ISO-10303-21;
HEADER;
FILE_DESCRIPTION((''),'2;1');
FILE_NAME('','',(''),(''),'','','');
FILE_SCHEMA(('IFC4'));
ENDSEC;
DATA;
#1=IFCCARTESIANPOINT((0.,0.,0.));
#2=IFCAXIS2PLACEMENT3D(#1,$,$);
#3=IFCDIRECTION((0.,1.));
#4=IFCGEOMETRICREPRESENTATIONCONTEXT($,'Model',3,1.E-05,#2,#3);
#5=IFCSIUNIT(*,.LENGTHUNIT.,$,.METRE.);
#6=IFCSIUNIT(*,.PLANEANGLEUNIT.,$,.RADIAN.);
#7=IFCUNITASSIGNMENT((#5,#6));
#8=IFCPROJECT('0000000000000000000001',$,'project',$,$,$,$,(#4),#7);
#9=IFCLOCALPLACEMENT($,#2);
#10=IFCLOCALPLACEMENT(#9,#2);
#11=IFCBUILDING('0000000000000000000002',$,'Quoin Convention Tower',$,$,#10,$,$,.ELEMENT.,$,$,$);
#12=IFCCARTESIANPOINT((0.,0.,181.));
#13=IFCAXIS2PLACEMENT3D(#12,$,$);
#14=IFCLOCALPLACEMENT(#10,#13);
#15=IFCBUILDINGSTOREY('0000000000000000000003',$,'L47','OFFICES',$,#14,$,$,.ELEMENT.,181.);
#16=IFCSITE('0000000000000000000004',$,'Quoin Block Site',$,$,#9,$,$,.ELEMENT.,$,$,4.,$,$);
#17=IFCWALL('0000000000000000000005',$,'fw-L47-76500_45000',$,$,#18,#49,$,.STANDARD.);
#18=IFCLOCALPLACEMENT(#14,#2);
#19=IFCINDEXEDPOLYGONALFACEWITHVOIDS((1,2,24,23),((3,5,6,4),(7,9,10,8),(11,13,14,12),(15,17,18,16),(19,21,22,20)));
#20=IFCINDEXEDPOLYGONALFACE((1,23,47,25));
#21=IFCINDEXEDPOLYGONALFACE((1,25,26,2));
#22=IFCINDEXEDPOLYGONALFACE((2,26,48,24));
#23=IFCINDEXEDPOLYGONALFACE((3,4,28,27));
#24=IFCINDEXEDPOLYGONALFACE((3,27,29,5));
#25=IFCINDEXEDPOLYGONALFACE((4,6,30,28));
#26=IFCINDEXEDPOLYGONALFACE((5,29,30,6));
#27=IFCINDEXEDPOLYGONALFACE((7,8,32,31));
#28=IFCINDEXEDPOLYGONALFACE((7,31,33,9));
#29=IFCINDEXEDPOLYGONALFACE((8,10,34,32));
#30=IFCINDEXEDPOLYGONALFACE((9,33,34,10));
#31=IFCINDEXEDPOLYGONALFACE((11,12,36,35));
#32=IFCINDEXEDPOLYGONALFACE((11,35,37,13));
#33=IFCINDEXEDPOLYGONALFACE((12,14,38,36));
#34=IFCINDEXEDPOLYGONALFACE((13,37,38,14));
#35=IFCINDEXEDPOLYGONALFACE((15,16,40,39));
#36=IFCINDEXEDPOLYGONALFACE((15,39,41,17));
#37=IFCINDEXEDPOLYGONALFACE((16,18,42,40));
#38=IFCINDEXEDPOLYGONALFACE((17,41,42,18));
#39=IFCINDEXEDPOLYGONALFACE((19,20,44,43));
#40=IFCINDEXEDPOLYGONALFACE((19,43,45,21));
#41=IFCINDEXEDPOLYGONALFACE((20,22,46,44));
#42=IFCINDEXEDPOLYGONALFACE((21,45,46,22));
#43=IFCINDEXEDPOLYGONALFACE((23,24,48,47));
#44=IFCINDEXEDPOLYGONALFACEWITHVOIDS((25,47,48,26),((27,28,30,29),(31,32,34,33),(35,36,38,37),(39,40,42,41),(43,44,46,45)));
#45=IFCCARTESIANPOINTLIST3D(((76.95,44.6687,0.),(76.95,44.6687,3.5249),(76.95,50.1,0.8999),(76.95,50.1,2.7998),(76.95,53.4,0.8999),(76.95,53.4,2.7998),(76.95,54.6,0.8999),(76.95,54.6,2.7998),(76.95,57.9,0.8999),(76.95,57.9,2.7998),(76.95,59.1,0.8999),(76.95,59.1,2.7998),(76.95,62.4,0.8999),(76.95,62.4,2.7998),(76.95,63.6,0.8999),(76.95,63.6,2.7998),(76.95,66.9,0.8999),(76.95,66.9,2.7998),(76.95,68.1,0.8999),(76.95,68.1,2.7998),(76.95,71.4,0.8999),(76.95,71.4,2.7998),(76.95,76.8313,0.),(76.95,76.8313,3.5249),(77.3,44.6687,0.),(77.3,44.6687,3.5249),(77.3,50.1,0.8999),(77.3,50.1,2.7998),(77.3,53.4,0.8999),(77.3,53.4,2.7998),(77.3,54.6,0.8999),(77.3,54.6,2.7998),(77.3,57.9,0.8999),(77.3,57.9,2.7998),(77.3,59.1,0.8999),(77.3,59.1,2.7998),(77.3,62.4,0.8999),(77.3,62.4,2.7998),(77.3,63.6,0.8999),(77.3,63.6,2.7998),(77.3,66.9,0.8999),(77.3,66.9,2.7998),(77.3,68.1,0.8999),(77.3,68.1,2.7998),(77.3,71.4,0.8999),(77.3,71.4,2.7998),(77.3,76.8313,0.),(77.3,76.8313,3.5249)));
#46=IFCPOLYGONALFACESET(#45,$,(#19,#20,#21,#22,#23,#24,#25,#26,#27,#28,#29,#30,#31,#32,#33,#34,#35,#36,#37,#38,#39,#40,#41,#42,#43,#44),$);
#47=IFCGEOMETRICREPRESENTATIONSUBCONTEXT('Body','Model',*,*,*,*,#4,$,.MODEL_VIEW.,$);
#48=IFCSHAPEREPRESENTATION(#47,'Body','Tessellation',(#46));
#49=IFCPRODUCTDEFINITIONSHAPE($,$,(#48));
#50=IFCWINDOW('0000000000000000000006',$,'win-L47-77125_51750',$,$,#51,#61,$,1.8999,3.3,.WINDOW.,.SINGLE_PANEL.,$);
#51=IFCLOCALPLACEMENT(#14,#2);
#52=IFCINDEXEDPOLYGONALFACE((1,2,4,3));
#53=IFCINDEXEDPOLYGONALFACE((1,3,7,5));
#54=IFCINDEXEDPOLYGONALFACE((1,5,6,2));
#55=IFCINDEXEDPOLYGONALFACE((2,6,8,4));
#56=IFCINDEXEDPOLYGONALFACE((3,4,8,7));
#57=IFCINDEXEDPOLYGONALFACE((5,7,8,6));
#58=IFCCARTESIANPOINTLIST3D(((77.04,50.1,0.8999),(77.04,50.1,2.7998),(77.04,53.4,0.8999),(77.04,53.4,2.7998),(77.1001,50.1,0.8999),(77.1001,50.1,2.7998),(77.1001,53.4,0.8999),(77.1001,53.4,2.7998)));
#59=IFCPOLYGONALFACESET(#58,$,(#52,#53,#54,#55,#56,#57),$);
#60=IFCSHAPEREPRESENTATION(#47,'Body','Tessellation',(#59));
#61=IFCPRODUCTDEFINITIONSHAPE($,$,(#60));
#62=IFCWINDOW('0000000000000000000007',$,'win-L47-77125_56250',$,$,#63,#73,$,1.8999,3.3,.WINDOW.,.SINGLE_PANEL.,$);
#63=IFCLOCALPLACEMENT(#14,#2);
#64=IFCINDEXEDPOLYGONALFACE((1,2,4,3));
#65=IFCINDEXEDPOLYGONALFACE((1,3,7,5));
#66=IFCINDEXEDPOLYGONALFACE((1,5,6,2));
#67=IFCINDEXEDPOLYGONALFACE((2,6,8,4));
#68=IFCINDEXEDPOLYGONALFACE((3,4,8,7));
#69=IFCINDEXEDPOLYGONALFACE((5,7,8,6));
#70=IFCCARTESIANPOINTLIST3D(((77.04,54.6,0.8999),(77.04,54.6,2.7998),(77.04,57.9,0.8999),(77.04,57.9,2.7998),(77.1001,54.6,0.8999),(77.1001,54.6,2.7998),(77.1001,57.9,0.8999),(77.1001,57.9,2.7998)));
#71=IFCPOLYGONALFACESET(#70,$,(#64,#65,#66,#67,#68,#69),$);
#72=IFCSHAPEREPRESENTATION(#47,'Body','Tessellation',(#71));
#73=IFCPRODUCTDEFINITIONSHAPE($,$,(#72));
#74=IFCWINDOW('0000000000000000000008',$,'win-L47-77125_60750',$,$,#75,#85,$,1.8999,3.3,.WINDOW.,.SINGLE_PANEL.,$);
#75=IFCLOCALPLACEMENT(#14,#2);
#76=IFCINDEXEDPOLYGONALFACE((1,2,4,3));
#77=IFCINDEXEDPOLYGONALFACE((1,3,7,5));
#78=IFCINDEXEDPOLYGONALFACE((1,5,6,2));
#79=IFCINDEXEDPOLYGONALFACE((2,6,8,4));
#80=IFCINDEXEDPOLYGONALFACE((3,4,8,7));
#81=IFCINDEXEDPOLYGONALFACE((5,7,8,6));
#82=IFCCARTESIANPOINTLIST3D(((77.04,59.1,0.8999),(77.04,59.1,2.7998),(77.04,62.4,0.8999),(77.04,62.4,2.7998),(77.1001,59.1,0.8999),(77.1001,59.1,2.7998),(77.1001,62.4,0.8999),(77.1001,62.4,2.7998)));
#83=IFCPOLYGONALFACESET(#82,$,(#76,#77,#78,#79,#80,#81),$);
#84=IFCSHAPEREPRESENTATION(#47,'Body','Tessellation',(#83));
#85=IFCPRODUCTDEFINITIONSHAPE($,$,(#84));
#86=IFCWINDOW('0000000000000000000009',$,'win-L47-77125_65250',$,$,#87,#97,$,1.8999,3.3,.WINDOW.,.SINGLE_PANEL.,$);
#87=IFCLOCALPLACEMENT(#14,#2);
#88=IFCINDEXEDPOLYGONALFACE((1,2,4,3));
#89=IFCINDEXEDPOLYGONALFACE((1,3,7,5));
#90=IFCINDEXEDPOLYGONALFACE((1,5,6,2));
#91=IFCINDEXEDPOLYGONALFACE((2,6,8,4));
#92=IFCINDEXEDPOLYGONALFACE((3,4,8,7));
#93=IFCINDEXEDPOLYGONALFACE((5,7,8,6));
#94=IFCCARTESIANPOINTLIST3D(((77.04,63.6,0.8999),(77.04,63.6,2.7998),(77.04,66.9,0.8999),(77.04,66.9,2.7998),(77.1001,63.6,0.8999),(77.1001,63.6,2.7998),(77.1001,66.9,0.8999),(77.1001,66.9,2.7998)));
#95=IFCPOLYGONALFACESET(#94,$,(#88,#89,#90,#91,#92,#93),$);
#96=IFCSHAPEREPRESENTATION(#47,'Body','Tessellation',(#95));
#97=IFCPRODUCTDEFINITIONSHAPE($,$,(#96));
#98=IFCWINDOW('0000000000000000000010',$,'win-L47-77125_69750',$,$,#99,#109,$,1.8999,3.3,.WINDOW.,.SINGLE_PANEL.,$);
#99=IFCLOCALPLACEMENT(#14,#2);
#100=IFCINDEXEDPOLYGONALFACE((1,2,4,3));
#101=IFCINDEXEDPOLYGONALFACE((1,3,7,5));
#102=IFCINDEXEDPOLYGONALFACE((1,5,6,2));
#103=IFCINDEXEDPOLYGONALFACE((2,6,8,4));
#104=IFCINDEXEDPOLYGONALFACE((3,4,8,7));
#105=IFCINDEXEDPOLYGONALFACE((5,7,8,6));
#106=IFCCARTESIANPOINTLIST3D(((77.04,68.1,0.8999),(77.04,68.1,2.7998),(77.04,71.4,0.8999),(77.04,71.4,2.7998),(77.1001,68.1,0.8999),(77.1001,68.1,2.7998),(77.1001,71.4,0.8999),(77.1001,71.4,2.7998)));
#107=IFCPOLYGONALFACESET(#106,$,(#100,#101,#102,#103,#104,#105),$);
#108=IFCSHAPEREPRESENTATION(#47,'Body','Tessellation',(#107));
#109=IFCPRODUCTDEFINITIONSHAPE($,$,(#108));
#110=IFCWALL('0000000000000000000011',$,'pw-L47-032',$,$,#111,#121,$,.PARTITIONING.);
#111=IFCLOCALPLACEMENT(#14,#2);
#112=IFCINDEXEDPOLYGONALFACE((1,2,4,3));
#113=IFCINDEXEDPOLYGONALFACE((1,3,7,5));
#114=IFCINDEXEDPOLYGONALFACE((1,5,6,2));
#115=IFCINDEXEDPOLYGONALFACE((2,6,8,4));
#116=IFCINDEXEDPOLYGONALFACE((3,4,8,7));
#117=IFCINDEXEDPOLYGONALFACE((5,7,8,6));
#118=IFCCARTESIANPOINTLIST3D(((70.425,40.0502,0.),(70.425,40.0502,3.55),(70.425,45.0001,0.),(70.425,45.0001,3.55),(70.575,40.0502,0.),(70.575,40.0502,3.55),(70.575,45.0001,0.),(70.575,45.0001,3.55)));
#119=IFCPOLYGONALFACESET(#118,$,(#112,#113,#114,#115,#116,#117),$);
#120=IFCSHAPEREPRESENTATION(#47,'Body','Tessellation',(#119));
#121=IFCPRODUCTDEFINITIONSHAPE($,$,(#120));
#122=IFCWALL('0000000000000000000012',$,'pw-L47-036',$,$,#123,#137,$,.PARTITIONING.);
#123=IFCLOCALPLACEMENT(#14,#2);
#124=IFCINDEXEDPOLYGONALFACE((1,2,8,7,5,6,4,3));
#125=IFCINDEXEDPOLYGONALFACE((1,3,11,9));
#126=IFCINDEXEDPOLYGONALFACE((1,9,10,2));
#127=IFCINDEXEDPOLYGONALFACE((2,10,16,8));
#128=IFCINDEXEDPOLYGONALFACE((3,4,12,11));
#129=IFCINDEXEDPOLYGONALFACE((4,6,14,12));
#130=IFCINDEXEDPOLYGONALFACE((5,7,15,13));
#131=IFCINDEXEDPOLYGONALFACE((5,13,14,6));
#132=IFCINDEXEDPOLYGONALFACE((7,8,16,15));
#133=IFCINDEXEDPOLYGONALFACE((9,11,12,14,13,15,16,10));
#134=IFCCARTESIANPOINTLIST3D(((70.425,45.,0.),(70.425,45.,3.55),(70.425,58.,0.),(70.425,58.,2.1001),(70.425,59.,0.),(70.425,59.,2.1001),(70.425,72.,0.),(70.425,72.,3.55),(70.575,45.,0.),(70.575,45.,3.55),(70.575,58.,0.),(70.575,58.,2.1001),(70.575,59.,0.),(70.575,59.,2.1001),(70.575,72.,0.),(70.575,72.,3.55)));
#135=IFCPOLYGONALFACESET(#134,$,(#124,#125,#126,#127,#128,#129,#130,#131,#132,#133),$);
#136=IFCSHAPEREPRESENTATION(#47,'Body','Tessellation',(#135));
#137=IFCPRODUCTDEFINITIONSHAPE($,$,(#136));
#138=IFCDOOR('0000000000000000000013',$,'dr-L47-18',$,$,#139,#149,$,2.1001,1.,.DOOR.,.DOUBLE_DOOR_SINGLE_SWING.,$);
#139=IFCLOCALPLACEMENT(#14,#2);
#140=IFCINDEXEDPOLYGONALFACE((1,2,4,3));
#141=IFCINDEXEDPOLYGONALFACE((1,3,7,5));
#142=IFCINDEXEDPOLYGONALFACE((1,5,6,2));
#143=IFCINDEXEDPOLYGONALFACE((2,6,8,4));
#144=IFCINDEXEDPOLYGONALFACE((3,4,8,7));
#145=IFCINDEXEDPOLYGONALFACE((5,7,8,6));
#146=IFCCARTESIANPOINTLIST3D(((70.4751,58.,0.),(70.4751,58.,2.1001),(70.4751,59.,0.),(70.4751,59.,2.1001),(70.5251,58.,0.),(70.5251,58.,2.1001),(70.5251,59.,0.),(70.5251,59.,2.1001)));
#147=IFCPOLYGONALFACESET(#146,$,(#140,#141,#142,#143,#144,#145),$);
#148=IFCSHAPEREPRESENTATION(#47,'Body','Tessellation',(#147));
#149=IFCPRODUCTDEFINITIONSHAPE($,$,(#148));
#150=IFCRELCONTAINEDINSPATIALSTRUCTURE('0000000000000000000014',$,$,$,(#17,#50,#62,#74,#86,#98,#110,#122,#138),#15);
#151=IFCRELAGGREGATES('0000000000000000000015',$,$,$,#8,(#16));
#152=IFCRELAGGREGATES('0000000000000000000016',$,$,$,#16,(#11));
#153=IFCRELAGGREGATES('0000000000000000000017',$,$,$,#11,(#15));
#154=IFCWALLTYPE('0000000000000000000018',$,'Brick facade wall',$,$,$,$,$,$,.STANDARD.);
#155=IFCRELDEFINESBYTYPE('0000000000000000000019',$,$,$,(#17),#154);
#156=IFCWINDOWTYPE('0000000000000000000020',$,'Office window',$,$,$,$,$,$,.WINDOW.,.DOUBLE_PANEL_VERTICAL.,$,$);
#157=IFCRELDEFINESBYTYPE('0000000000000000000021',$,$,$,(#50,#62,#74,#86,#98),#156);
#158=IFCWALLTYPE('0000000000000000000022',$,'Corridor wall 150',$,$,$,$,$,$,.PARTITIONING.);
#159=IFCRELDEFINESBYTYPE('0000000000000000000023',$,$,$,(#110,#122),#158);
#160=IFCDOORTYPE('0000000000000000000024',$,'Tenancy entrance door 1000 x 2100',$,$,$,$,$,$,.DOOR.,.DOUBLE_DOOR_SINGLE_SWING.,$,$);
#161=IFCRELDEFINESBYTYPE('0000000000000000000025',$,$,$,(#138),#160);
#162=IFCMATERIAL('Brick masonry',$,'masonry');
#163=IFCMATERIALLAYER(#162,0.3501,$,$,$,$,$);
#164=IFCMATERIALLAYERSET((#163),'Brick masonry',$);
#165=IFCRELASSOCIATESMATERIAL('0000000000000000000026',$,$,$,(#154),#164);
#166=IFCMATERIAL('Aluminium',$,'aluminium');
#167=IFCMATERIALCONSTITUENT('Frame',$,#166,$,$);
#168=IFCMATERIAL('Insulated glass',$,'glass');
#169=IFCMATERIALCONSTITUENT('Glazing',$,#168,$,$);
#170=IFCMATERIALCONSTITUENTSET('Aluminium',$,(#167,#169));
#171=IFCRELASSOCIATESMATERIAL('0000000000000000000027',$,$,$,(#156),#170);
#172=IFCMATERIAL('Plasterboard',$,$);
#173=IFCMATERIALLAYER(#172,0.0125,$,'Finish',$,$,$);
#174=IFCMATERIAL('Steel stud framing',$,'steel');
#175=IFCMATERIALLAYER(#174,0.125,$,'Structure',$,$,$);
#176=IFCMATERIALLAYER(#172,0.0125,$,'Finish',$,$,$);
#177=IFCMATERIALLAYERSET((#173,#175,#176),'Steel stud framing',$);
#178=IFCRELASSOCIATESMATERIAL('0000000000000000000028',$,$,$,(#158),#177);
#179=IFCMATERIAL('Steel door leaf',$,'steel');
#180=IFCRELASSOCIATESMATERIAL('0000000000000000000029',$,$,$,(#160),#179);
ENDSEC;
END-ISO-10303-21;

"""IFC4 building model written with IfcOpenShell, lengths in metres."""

from ifc_helpers import new_model, si_unit, direction, frame, frame_2d, origin, place, context, subcontext, project, spatial, rectangle, extrude, material, layer, layer_set, constituent, constituent_set, type_object, element, fill, save


model = new_model("IFC4")

# Units and contexts
model_context = context("Model", 3, precision=1e-05, world=origin(), true_north=direction((0.0, 1.0)))
body_context = subcontext(model_context, "Body", "Model", "MODEL_VIEW")
ifc_project = project(units=[si_unit("LENGTHUNIT", "METRE"), si_unit("PLANEANGLEUNIT", "RADIAN")], contexts=[model_context])

# Site, building, storey
site_placement = place(None, origin())
site = spatial("IfcSite", under=ifc_project, at=site_placement, Name="Quoin Block Site", CompositionType="ELEMENT", RefElevation=4.0)
building_placement = place(site_placement, origin())
building = spatial("IfcBuilding", under=site, at=building_placement, Name="Quoin Convention Tower", CompositionType="ELEMENT")
storey_placement = place(building_placement, frame((0.0, 0.0, 181.0)))
storey = spatial("IfcBuildingStorey", under=building, at=storey_placement, Name="L47", Description="OFFICES", CompositionType="ELEMENT", Elevation=181.0)

# Shared definitions
ifc_material_1 = material(Name="Plasterboard")
ifc_material_2 = material(Name="Steel stud framing", Category="steel")
ifc_material_3 = material(Name="Steel door leaf", Category="steel")

# Shared definitions
ifc_material_4 = material(Name="Brick masonry", Category="masonry")
ifc_layer_1 = layer(ifc_material_4, 0.3501)
ifc_layer_set_1 = layer_set([ifc_layer_1], Name="Brick masonry")
wall_type_1 = type_object("IfcWallType", Name="Brick facade wall", PredefinedType="STANDARD", material=ifc_layer_set_1)
ifc_material_5 = material(Name="Aluminium", Category="aluminium")
ifc_constituent_1 = constituent(ifc_material_5, Name="Frame")
ifc_material_6 = material(Name="Insulated glass", Category="glass")
ifc_constituent_2 = constituent(ifc_material_6, Name="Glazing")
ifc_constituent_set = constituent_set(constituents=[ifc_constituent_1, ifc_constituent_2], Name="Aluminium")
window_type = type_object("IfcWindowType", Name="Office window", PartitioningType="DOUBLE_PANEL_VERTICAL", PredefinedType="WINDOW", material=ifc_constituent_set)

# Wall, openings, windows
wall_1_placement = place(storey_placement, frame((77.125, 44.6687, 0.0), z_axis=(0.0, 0.0, 1.0), x_axis=(0.0, 1.0, 0.0)))
wall_1 = element("IfcWall", 1, at=wall_1_placement, inside=storey, type_object=wall_type_1, Name="fw-L47-76500_45000", PredefinedType="STANDARD", context=body_context, shape_type="SweptSolid", body=[
    extrude(rectangle(XDim=32.1626, YDim=0.3501, at=frame_2d((16.0813, 0.0))), origin(), (0.0, 0.0, 1.0), 3.5249),
])
opening_1_placement = place(wall_1_placement, frame((5.4314, 0.0, 0.8999)))
opening_1 = element("IfcOpeningElement", 2, at=opening_1_placement, cuts=wall_1, PredefinedType="OPENING", context=body_context, shape_type="SweptSolid", body=[
    extrude(rectangle(XDim=3.3, YDim=1.8999, at=frame_2d((1.6499, 0.95))), frame((0.0, 0.1851, 0.0), z_axis=(0.0, -1.0, 0.0), x_axis=(1.0, 0.0, 0.0)), (0.0, 0.0, 1.0), 0.3701),
])
opening_2_placement = place(wall_1_placement, frame((9.9314, 0.0, 0.8999)))
opening_2 = element("IfcOpeningElement", 3, at=opening_2_placement, cuts=wall_1, PredefinedType="OPENING", context=body_context, shape_type="SweptSolid", body=[
    extrude(rectangle(XDim=3.3, YDim=1.8999, at=frame_2d((1.6499, 0.95))), frame((0.0, 0.1851, 0.0), z_axis=(0.0, -1.0, 0.0), x_axis=(1.0, 0.0, 0.0)), (0.0, 0.0, 1.0), 0.3701),
])
opening_3_placement = place(wall_1_placement, frame((14.4314, 0.0, 0.8999)))
opening_3 = element("IfcOpeningElement", 4, at=opening_3_placement, cuts=wall_1, PredefinedType="OPENING", context=body_context, shape_type="SweptSolid", body=[
    extrude(rectangle(XDim=3.3, YDim=1.8999, at=frame_2d((1.6499, 0.95))), frame((0.0, 0.1851, 0.0), z_axis=(0.0, -1.0, 0.0), x_axis=(1.0, 0.0, 0.0)), (0.0, 0.0, 1.0), 0.3701),
])
opening_4_placement = place(wall_1_placement, frame((18.9314, 0.0, 0.8999)))
opening_4 = element("IfcOpeningElement", 5, at=opening_4_placement, cuts=wall_1, PredefinedType="OPENING", context=body_context, shape_type="SweptSolid", body=[
    extrude(rectangle(XDim=3.3, YDim=1.8999, at=frame_2d((1.6499, 0.95))), frame((0.0, 0.1851, 0.0), z_axis=(0.0, -1.0, 0.0), x_axis=(1.0, 0.0, 0.0)), (0.0, 0.0, 1.0), 0.3701),
])
opening_5_placement = place(wall_1_placement, frame((23.4314, 0.0, 0.8999)))
opening_5 = element("IfcOpeningElement", 6, at=opening_5_placement, cuts=wall_1, PredefinedType="OPENING", context=body_context, shape_type="SweptSolid", body=[
    extrude(rectangle(XDim=3.3, YDim=1.8999, at=frame_2d((1.6499, 0.95))), frame((0.0, 0.1851, 0.0), z_axis=(0.0, -1.0, 0.0), x_axis=(1.0, 0.0, 0.0)), (0.0, 0.0, 1.0), 0.3701),
])
window_1_placement = place(opening_1_placement, origin())
window_1 = element("IfcWindow", 7, at=window_1_placement, inside=storey, type_object=window_type, Name="win-L47-77125_51750", OverallHeight=1.8999, OverallWidth=3.3, PartitioningType="SINGLE_PANEL", PredefinedType="WINDOW", context=body_context, shape_type="SweptSolid", body=[
    extrude(rectangle(XDim=3.3, YDim=1.8999, at=frame_2d((1.6499, 0.95))), frame((0.0, 0.085, 0.0), z_axis=(0.0, -1.0, 0.0), x_axis=(1.0, 0.0, 0.0)), (0.0, 0.0, 1.0), 0.0601),
])
fill(opening_1, window_1)
window_2_placement = place(opening_2_placement, origin())
window_2 = element("IfcWindow", 8, at=window_2_placement, inside=storey, type_object=window_type, Name="win-L47-77125_56250", OverallHeight=1.8999, OverallWidth=3.3, PartitioningType="SINGLE_PANEL", PredefinedType="WINDOW", context=body_context, shape_type="SweptSolid", body=[
    extrude(rectangle(XDim=3.3, YDim=1.8999, at=frame_2d((1.6499, 0.95))), frame((0.0, 0.085, 0.0), z_axis=(0.0, -1.0, 0.0), x_axis=(1.0, 0.0, 0.0)), (0.0, 0.0, 1.0), 0.0601),
])
fill(opening_2, window_2)
window_3_placement = place(opening_3_placement, origin())
window_3 = element("IfcWindow", 9, at=window_3_placement, inside=storey, type_object=window_type, Name="win-L47-77125_60750", OverallHeight=1.8999, OverallWidth=3.3, PartitioningType="SINGLE_PANEL", PredefinedType="WINDOW", context=body_context, shape_type="SweptSolid", body=[
    extrude(rectangle(XDim=3.3, YDim=1.8999, at=frame_2d((1.6499, 0.95))), frame((0.0, 0.085, 0.0), z_axis=(0.0, -1.0, 0.0), x_axis=(1.0, 0.0, 0.0)), (0.0, 0.0, 1.0), 0.0601),
])
fill(opening_3, window_3)
window_4_placement = place(opening_4_placement, origin())
window_4 = element("IfcWindow", 10, at=window_4_placement, inside=storey, type_object=window_type, Name="win-L47-77125_65250", OverallHeight=1.8999, OverallWidth=3.3, PartitioningType="SINGLE_PANEL", PredefinedType="WINDOW", context=body_context, shape_type="SweptSolid", body=[
    extrude(rectangle(XDim=3.3, YDim=1.8999, at=frame_2d((1.6499, 0.95))), frame((0.0, 0.085, 0.0), z_axis=(0.0, -1.0, 0.0), x_axis=(1.0, 0.0, 0.0)), (0.0, 0.0, 1.0), 0.0601),
])
fill(opening_4, window_4)
window_5_placement = place(opening_5_placement, origin())
window_5 = element("IfcWindow", 11, at=window_5_placement, inside=storey, type_object=window_type, Name="win-L47-77125_69750", OverallHeight=1.8999, OverallWidth=3.3, PartitioningType="SINGLE_PANEL", PredefinedType="WINDOW", context=body_context, shape_type="SweptSolid", body=[
    extrude(rectangle(XDim=3.3, YDim=1.8999, at=frame_2d((1.6499, 0.95))), frame((0.0, 0.085, 0.0), z_axis=(0.0, -1.0, 0.0), x_axis=(1.0, 0.0, 0.0)), (0.0, 0.0, 1.0), 0.0601),
])
fill(opening_5, window_5)

# Wall
ifc_layer_2 = layer(ifc_material_1, 0.0125, Name="Finish")
ifc_layer_3 = layer(ifc_material_2, 0.125, Name="Structure")
ifc_layer_4 = layer(ifc_material_1, 0.0125, Name="Finish")
ifc_layer_set_2 = layer_set([ifc_layer_2, ifc_layer_3, ifc_layer_4], Name="Steel stud framing")
wall_type_2 = type_object("IfcWallType", Name="Corridor wall 150", PredefinedType="PARTITIONING", material=ifc_layer_set_2)
wall_2_placement = place(storey_placement, frame((70.5, 40.05, 0.0), z_axis=(0.0, 0.0, 1.0), x_axis=(0.0, 1.0, 0.0)))
element("IfcWall", 12, at=wall_2_placement, inside=storey, type_object=wall_type_2, Name="pw-L47-032", PredefinedType="PARTITIONING", context=body_context, shape_type="SweptSolid", body=[
    extrude(rectangle(XDim=4.95, YDim=0.1499, at=frame_2d((2.4751, 0.0))), origin(), (0.0, 0.0, 1.0), 3.55),
])

# Wall, opening, door
wall_3_placement = place(storey_placement, frame((70.5, 45.0, 0.0), z_axis=(0.0, 0.0, 1.0), x_axis=(0.0, 1.0, 0.0)))
wall_3 = element("IfcWall", 13, at=wall_3_placement, inside=storey, type_object=wall_type_2, Name="pw-L47-036", PredefinedType="PARTITIONING", context=body_context, shape_type="SweptSolid", body=[
    extrude(rectangle(XDim=27.0, YDim=0.1499, at=frame_2d((13.5, 0.0))), origin(), (0.0, 0.0, 1.0), 3.55),
])
opening_6_placement = place(wall_3_placement, frame((13.0, 0.0, 0.0)))
opening_6 = element("IfcOpeningElement", 14, at=opening_6_placement, cuts=wall_3, PredefinedType="OPENING", context=body_context, shape_type="SweptSolid", body=[
    extrude(rectangle(XDim=1.0, YDim=2.1001, at=frame_2d((0.5, 1.05))), frame((0.0, 0.085, 0.0), z_axis=(0.0, -1.0, 0.0), x_axis=(1.0, 0.0, 0.0)), (0.0, 0.0, 1.0), 0.1699),
])
door_type_1 = type_object("IfcDoorType", Name="Tenancy entrance door 1000 x 2100", OperationType="DOUBLE_DOOR_SINGLE_SWING", PredefinedType="DOOR", material=ifc_material_3)
door_1_placement = place(opening_6_placement, origin())
door_1 = element("IfcDoor", 15, at=door_1_placement, inside=storey, type_object=door_type_1, Name="dr-L47-18", OperationType="DOUBLE_DOOR_SINGLE_SWING", OverallHeight=2.1001, OverallWidth=1.0, PredefinedType="DOOR", context=body_context, shape_type="SweptSolid", body=[
    extrude(rectangle(XDim=1.0, YDim=2.1001, at=frame_2d((0.5, 1.05))), frame((0.0, 0.0249, 0.0), z_axis=(0.0, -1.0, 0.0), x_axis=(1.0, 0.0, 0.0)), (0.0, 0.0, 1.0), 0.05),
])
fill(opening_6, door_1)

save(model, "model.ifc")
